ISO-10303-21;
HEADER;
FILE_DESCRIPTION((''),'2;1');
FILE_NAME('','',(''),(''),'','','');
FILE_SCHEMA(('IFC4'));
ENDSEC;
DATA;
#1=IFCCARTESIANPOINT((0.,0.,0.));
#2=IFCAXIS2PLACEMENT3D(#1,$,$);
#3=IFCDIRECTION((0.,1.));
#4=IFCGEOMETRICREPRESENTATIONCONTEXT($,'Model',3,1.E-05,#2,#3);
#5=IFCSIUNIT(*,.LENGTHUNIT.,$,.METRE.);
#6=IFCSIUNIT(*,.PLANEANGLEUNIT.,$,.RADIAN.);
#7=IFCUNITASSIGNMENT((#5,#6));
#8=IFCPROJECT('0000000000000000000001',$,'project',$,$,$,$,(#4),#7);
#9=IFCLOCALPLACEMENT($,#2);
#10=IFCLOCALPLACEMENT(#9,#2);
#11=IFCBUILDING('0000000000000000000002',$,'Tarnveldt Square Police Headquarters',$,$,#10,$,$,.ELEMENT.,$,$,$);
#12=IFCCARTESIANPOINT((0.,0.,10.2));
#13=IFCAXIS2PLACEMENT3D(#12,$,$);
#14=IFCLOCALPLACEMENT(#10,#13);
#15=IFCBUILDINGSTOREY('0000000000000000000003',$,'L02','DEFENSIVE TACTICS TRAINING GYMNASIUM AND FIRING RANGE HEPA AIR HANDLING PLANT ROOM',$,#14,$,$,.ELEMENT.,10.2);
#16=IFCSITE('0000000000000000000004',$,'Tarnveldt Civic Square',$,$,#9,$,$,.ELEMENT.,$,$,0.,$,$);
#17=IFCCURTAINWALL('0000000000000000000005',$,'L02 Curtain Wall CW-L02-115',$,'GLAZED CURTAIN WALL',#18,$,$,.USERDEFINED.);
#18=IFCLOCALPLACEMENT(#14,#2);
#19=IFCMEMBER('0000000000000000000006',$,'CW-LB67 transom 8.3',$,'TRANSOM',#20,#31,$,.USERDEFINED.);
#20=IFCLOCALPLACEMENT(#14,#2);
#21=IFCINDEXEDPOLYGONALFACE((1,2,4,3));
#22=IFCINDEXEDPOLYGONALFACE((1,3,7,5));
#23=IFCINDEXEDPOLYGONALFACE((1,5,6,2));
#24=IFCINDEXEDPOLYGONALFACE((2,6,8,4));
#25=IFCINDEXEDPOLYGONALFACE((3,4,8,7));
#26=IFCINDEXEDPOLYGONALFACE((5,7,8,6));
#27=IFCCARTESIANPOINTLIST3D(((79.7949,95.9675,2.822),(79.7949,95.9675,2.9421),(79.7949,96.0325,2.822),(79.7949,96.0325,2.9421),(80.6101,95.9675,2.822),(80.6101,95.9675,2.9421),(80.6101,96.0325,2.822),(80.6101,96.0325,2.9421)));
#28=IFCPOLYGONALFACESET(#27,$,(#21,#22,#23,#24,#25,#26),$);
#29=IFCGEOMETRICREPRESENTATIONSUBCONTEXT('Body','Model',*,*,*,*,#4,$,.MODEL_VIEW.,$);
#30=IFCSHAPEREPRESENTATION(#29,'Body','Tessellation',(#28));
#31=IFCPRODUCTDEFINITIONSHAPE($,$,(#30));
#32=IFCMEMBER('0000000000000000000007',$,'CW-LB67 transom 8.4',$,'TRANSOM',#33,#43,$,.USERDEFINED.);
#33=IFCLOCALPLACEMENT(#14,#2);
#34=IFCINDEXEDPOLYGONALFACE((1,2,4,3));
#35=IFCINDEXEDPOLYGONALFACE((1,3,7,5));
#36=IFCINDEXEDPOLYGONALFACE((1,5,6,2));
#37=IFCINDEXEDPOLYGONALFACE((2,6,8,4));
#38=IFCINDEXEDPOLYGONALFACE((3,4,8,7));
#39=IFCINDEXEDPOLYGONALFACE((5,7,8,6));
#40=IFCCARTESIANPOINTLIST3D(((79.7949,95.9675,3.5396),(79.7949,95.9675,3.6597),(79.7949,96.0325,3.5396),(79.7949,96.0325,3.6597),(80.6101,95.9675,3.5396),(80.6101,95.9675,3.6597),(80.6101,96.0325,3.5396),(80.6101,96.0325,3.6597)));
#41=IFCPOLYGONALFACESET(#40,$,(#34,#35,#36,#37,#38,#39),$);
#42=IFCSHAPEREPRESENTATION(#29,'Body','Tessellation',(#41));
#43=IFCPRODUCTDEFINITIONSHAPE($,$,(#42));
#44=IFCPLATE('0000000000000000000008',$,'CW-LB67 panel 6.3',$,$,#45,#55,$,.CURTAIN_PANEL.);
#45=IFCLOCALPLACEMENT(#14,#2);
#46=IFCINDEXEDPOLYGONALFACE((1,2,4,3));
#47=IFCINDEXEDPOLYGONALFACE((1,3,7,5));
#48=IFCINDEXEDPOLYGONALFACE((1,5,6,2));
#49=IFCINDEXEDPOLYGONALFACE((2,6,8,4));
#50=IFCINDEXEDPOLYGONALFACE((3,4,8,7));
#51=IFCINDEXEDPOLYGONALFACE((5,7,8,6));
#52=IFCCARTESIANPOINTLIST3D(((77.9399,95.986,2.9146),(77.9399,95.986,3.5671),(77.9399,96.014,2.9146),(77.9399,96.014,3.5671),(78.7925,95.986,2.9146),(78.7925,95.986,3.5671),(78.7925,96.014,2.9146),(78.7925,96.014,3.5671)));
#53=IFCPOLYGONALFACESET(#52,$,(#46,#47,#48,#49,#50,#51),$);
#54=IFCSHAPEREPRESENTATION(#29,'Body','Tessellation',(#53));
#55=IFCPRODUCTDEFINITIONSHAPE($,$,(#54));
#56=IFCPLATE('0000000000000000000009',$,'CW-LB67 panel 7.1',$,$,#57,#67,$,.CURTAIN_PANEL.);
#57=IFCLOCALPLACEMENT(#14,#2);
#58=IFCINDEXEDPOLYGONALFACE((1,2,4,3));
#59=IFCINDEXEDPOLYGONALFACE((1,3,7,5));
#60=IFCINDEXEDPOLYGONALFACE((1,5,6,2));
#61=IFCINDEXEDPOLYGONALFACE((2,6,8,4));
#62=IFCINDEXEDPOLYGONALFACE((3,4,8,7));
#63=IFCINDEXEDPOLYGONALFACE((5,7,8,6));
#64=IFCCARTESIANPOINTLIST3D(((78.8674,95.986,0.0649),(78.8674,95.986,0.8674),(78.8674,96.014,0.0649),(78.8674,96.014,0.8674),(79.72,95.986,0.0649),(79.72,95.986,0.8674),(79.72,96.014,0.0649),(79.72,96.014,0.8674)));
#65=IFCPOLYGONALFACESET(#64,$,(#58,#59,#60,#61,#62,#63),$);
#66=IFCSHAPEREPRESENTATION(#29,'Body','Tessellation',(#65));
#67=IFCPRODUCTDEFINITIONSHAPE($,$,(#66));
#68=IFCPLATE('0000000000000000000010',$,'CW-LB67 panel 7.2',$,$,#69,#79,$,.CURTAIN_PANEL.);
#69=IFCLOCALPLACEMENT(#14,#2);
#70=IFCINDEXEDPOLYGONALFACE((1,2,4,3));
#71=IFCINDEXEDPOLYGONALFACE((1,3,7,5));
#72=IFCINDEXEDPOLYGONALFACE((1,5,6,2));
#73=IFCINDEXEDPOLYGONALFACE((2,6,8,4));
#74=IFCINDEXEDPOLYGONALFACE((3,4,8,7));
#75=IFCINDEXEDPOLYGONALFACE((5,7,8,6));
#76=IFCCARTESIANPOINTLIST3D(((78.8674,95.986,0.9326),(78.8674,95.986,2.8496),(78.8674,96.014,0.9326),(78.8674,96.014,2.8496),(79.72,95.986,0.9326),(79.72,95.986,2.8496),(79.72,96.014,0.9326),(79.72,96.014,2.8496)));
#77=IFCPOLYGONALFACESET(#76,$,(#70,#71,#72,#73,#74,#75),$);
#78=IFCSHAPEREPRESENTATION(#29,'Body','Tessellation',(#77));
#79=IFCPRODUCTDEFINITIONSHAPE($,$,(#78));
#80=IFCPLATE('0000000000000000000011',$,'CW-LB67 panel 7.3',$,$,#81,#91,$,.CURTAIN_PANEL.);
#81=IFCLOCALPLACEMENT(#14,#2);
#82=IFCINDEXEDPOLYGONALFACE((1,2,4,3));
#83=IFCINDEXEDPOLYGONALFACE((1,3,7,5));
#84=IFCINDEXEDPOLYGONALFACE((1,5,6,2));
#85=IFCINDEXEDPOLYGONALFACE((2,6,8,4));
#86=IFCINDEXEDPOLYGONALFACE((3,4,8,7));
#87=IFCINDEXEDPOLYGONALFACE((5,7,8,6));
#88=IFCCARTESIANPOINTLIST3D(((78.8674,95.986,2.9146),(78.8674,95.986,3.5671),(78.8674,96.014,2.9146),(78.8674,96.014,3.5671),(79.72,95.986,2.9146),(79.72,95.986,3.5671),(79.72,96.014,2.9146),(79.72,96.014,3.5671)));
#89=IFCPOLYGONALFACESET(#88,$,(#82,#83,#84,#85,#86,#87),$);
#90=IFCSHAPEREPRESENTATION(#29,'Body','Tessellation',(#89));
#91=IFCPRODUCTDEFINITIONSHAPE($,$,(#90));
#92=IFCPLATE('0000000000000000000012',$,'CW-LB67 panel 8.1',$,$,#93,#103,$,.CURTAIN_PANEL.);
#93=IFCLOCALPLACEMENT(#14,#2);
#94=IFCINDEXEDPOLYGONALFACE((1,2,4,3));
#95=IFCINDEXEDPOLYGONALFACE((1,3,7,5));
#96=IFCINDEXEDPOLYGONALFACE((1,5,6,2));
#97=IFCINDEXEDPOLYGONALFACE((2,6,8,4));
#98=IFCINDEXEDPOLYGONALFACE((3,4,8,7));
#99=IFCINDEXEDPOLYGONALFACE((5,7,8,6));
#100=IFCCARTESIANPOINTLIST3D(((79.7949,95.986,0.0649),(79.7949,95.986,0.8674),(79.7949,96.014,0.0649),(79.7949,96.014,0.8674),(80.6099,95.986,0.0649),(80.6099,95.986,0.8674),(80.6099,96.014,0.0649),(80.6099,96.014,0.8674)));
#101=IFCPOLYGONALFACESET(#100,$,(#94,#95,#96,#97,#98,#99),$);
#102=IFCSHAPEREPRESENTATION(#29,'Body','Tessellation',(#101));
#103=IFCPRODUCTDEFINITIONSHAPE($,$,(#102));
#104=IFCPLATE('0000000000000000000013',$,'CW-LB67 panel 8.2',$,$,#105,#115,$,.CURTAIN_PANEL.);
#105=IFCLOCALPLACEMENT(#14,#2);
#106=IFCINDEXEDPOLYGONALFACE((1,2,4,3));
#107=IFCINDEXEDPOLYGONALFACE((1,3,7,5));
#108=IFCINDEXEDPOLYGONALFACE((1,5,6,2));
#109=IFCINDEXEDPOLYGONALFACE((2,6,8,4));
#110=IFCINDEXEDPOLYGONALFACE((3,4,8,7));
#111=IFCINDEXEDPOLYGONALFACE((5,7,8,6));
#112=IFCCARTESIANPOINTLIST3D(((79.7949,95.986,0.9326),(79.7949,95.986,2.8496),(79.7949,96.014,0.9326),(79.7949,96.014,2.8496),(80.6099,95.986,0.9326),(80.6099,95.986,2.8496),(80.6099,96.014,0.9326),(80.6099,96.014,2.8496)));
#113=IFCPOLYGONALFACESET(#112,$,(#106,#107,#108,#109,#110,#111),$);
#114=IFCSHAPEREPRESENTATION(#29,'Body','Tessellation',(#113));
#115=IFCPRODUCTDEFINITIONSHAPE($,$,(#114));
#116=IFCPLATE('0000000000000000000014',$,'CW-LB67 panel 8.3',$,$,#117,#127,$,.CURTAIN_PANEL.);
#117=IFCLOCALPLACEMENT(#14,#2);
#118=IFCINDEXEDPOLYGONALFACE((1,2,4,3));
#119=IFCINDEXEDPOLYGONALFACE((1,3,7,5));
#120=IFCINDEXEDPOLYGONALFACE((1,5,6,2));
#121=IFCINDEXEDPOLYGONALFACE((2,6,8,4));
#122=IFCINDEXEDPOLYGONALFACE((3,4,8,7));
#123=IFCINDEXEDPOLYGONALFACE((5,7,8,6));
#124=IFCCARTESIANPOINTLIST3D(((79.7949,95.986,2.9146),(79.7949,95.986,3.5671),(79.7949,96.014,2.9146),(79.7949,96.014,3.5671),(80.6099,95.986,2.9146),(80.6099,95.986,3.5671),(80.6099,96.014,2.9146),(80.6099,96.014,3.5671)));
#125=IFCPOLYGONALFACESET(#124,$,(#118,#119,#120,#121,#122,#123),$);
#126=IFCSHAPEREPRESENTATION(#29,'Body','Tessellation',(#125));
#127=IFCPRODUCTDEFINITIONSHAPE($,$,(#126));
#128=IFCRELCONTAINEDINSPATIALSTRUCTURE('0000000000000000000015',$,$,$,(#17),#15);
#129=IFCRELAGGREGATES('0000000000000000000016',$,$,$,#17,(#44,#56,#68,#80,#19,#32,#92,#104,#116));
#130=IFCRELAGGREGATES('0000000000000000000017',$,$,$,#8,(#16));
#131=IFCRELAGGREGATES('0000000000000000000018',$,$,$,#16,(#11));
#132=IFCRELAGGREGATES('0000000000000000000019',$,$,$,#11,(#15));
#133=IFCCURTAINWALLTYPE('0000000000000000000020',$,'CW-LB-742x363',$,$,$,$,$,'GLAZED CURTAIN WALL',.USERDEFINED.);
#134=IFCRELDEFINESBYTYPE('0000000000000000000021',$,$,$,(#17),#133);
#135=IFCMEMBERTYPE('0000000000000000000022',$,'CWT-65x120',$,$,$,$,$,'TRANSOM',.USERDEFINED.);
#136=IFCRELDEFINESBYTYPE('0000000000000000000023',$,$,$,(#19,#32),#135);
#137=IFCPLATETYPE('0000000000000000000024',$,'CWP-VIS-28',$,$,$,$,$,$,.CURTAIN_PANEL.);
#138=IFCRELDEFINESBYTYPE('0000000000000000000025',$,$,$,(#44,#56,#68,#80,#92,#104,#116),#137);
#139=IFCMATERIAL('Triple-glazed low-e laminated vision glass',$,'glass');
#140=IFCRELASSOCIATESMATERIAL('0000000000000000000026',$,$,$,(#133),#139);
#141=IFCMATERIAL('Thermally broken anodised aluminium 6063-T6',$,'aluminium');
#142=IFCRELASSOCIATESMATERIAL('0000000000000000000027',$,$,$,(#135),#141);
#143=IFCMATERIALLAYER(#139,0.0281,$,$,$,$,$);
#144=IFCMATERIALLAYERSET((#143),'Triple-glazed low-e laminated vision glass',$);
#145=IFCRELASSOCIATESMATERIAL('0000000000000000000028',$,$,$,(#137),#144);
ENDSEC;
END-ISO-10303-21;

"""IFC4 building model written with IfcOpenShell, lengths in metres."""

from ifc_helpers import new_model, si_unit, direction, frame, origin, origin_2d, place, context, subcontext, project, spatial, rectangle, extrude, material, layer, layer_set, material_profile, profile_set, type_object, element, aggregate, save


model = new_model("IFC4")

# Units and contexts
model_context = context("Model", 3, precision=1e-05, world=origin(), true_north=direction((0.0, 1.0)))
body_context = subcontext(model_context, "Body", "Model", "MODEL_VIEW")
ifc_project = project(units=[si_unit("LENGTHUNIT", "METRE"), si_unit("PLANEANGLEUNIT", "RADIAN")], contexts=[model_context])

# Site, building, storey
site_placement = place(None, origin())
site = spatial("IfcSite", under=ifc_project, at=site_placement, Name="Tarnveldt Civic Square", CompositionType="ELEMENT", RefElevation=0.0)
building_placement = place(site_placement, origin())
building = spatial("IfcBuilding", under=site, at=building_placement, Name="Tarnveldt Square Police Headquarters", CompositionType="ELEMENT")
storey_placement = place(building_placement, frame((0.0, 0.0, 10.2)))
storey = spatial("IfcBuildingStorey", under=building, at=storey_placement, Name="L02", Description="DEFENSIVE TACTICS TRAINING GYMNASIUM AND FIRING RANGE HEPA AIR HANDLING PLANT ROOM", CompositionType="ELEMENT", Elevation=10.2)

# Curtain wall, members, plates
ifc_material_1 = material(Name="Triple-glazed low-e laminated vision glass", Category="glass")
curtain_wall_type = type_object("IfcCurtainWallType", Name="CW-LB-742x363", ElementType="GLAZED CURTAIN WALL", PredefinedType="USERDEFINED", material=ifc_material_1)
curtain_wall_placement = place(storey_placement, origin())
curtain_wall = element("IfcCurtainWall", 1, at=curtain_wall_placement, inside=storey, type_object=curtain_wall_type, Name="L02 Curtain Wall CW-L02-115", ObjectType="GLAZED CURTAIN WALL", PredefinedType="USERDEFINED")
ifc_material_2 = material(Name="Thermally broken anodised aluminium 6063-T6", Category="aluminium")
ifc_material_profile_1 = material_profile(ifc_material_2, rectangle(XDim=0.0649, YDim=0.1201, at=origin_2d()), Name="CW-T65x120")
ifc_profile_set_1 = profile_set([ifc_material_profile_1], Name="Thermally broken anodised aluminium 6063-T6")
member_type_1 = type_object("IfcMemberType", Name="CWT-65x120", ElementType="TRANSOM", PredefinedType="USERDEFINED", material=ifc_profile_set_1)
member_1_placement = place(storey_placement, frame((79.7949, 96.0, 2.8821), z_axis=(1.0, 0.0, 0.0), x_axis=(0.0, 1.0, 0.0)))
member_1 = element("IfcMember", 2, at=member_1_placement, type_object=member_type_1, Name="CW-LB67 transom 8.3", ObjectType="TRANSOM", PredefinedType="USERDEFINED", context=body_context, shape_type="SweptSolid", body=[
    extrude(rectangle(XDim=0.0649, YDim=0.1201, at=origin_2d()), origin(), (0.0, 0.0, 1.0), 0.8152),
])
member_2_placement = place(storey_placement, frame((79.7949, 96.0, 3.5996), z_axis=(1.0, 0.0, 0.0), x_axis=(0.0, 1.0, 0.0)))
member_2 = element("IfcMember", 3, at=member_2_placement, type_object=member_type_1, Name="CW-LB67 transom 8.4", ObjectType="TRANSOM", PredefinedType="USERDEFINED", context=body_context, shape_type="SweptSolid", body=[
    extrude(rectangle(XDim=0.0649, YDim=0.1201, at=origin_2d()), origin(), (0.0, 0.0, 1.0), 0.8152),
])
ifc_layer = layer(ifc_material_1, 0.0281)
ifc_layer_set = layer_set([ifc_layer], Name="Triple-glazed low-e laminated vision glass")
plate_type = type_object("IfcPlateType", Name="CWP-VIS-28", PredefinedType="CURTAIN_PANEL", material=ifc_layer_set)
plate_1_placement = place(storey_placement, frame((78.3662, 96.0, 2.9146), z_axis=(0.0, 0.0, 1.0), x_axis=(1.0, 0.0, 0.0)))
plate_1 = element("IfcPlate", 4, at=plate_1_placement, type_object=plate_type, Name="CW-LB67 panel 6.3", PredefinedType="CURTAIN_PANEL", context=body_context, shape_type="SweptSolid", body=[
    extrude(rectangle(XDim=0.8525, YDim=0.0281, at=origin_2d()), origin(), (0.0, 0.0, 1.0), 0.6526),
])
plate_2_placement = place(storey_placement, frame((79.2937, 96.0, 0.0649), z_axis=(0.0, 0.0, 1.0), x_axis=(1.0, 0.0, 0.0)))
plate_2 = element("IfcPlate", 5, at=plate_2_placement, type_object=plate_type, Name="CW-LB67 panel 7.1", PredefinedType="CURTAIN_PANEL", context=body_context, shape_type="SweptSolid", body=[
    extrude(rectangle(XDim=0.8525, YDim=0.0281, at=origin_2d()), origin(), (0.0, 0.0, 1.0), 0.8025),
])
plate_3_placement = place(storey_placement, frame((79.2937, 96.0, 0.9326), z_axis=(0.0, 0.0, 1.0), x_axis=(1.0, 0.0, 0.0)))
plate_3 = element("IfcPlate", 6, at=plate_3_placement, type_object=plate_type, Name="CW-LB67 panel 7.2", PredefinedType="CURTAIN_PANEL", context=body_context, shape_type="SweptSolid", body=[
    extrude(rectangle(XDim=0.8525, YDim=0.0281, at=origin_2d()), origin(), (0.0, 0.0, 1.0), 1.917),
])
plate_4_placement = place(storey_placement, frame((79.2937, 96.0, 2.9146), z_axis=(0.0, 0.0, 1.0), x_axis=(1.0, 0.0, 0.0)))
plate_4 = element("IfcPlate", 7, at=plate_4_placement, type_object=plate_type, Name="CW-LB67 panel 7.3", PredefinedType="CURTAIN_PANEL", context=body_context, shape_type="SweptSolid", body=[
    extrude(rectangle(XDim=0.8525, YDim=0.0281, at=origin_2d()), origin(), (0.0, 0.0, 1.0), 0.6526),
])
plate_5_placement = place(storey_placement, frame((80.2024, 96.0, 0.0649), z_axis=(0.0, 0.0, 1.0), x_axis=(1.0, 0.0, 0.0)))
plate_5 = element("IfcPlate", 8, at=plate_5_placement, type_object=plate_type, Name="CW-LB67 panel 8.1", PredefinedType="CURTAIN_PANEL", context=body_context, shape_type="SweptSolid", body=[
    extrude(rectangle(XDim=0.8149, YDim=0.0281, at=origin_2d()), origin(), (0.0, 0.0, 1.0), 0.8025),
])
plate_6_placement = place(storey_placement, frame((80.2024, 96.0, 0.9326), z_axis=(0.0, 0.0, 1.0), x_axis=(1.0, 0.0, 0.0)))
plate_6 = element("IfcPlate", 9, at=plate_6_placement, type_object=plate_type, Name="CW-LB67 panel 8.2", PredefinedType="CURTAIN_PANEL", context=body_context, shape_type="SweptSolid", body=[
    extrude(rectangle(XDim=0.8149, YDim=0.0281, at=origin_2d()), origin(), (0.0, 0.0, 1.0), 1.917),
])
plate_7_placement = place(storey_placement, frame((80.2024, 96.0, 2.9146), z_axis=(0.0, 0.0, 1.0), x_axis=(1.0, 0.0, 0.0)))
plate_7 = element("IfcPlate", 10, at=plate_7_placement, type_object=plate_type, Name="CW-LB67 panel 8.3", PredefinedType="CURTAIN_PANEL", context=body_context, shape_type="SweptSolid", body=[
    extrude(rectangle(XDim=0.8149, YDim=0.0281, at=origin_2d()), origin(), (0.0, 0.0, 1.0), 0.6526),
])
aggregate(curtain_wall, [plate_1, plate_2, plate_3, plate_4, member_1, member_2, plate_5, plate_6, plate_7])

save(model, "model.ifc")
